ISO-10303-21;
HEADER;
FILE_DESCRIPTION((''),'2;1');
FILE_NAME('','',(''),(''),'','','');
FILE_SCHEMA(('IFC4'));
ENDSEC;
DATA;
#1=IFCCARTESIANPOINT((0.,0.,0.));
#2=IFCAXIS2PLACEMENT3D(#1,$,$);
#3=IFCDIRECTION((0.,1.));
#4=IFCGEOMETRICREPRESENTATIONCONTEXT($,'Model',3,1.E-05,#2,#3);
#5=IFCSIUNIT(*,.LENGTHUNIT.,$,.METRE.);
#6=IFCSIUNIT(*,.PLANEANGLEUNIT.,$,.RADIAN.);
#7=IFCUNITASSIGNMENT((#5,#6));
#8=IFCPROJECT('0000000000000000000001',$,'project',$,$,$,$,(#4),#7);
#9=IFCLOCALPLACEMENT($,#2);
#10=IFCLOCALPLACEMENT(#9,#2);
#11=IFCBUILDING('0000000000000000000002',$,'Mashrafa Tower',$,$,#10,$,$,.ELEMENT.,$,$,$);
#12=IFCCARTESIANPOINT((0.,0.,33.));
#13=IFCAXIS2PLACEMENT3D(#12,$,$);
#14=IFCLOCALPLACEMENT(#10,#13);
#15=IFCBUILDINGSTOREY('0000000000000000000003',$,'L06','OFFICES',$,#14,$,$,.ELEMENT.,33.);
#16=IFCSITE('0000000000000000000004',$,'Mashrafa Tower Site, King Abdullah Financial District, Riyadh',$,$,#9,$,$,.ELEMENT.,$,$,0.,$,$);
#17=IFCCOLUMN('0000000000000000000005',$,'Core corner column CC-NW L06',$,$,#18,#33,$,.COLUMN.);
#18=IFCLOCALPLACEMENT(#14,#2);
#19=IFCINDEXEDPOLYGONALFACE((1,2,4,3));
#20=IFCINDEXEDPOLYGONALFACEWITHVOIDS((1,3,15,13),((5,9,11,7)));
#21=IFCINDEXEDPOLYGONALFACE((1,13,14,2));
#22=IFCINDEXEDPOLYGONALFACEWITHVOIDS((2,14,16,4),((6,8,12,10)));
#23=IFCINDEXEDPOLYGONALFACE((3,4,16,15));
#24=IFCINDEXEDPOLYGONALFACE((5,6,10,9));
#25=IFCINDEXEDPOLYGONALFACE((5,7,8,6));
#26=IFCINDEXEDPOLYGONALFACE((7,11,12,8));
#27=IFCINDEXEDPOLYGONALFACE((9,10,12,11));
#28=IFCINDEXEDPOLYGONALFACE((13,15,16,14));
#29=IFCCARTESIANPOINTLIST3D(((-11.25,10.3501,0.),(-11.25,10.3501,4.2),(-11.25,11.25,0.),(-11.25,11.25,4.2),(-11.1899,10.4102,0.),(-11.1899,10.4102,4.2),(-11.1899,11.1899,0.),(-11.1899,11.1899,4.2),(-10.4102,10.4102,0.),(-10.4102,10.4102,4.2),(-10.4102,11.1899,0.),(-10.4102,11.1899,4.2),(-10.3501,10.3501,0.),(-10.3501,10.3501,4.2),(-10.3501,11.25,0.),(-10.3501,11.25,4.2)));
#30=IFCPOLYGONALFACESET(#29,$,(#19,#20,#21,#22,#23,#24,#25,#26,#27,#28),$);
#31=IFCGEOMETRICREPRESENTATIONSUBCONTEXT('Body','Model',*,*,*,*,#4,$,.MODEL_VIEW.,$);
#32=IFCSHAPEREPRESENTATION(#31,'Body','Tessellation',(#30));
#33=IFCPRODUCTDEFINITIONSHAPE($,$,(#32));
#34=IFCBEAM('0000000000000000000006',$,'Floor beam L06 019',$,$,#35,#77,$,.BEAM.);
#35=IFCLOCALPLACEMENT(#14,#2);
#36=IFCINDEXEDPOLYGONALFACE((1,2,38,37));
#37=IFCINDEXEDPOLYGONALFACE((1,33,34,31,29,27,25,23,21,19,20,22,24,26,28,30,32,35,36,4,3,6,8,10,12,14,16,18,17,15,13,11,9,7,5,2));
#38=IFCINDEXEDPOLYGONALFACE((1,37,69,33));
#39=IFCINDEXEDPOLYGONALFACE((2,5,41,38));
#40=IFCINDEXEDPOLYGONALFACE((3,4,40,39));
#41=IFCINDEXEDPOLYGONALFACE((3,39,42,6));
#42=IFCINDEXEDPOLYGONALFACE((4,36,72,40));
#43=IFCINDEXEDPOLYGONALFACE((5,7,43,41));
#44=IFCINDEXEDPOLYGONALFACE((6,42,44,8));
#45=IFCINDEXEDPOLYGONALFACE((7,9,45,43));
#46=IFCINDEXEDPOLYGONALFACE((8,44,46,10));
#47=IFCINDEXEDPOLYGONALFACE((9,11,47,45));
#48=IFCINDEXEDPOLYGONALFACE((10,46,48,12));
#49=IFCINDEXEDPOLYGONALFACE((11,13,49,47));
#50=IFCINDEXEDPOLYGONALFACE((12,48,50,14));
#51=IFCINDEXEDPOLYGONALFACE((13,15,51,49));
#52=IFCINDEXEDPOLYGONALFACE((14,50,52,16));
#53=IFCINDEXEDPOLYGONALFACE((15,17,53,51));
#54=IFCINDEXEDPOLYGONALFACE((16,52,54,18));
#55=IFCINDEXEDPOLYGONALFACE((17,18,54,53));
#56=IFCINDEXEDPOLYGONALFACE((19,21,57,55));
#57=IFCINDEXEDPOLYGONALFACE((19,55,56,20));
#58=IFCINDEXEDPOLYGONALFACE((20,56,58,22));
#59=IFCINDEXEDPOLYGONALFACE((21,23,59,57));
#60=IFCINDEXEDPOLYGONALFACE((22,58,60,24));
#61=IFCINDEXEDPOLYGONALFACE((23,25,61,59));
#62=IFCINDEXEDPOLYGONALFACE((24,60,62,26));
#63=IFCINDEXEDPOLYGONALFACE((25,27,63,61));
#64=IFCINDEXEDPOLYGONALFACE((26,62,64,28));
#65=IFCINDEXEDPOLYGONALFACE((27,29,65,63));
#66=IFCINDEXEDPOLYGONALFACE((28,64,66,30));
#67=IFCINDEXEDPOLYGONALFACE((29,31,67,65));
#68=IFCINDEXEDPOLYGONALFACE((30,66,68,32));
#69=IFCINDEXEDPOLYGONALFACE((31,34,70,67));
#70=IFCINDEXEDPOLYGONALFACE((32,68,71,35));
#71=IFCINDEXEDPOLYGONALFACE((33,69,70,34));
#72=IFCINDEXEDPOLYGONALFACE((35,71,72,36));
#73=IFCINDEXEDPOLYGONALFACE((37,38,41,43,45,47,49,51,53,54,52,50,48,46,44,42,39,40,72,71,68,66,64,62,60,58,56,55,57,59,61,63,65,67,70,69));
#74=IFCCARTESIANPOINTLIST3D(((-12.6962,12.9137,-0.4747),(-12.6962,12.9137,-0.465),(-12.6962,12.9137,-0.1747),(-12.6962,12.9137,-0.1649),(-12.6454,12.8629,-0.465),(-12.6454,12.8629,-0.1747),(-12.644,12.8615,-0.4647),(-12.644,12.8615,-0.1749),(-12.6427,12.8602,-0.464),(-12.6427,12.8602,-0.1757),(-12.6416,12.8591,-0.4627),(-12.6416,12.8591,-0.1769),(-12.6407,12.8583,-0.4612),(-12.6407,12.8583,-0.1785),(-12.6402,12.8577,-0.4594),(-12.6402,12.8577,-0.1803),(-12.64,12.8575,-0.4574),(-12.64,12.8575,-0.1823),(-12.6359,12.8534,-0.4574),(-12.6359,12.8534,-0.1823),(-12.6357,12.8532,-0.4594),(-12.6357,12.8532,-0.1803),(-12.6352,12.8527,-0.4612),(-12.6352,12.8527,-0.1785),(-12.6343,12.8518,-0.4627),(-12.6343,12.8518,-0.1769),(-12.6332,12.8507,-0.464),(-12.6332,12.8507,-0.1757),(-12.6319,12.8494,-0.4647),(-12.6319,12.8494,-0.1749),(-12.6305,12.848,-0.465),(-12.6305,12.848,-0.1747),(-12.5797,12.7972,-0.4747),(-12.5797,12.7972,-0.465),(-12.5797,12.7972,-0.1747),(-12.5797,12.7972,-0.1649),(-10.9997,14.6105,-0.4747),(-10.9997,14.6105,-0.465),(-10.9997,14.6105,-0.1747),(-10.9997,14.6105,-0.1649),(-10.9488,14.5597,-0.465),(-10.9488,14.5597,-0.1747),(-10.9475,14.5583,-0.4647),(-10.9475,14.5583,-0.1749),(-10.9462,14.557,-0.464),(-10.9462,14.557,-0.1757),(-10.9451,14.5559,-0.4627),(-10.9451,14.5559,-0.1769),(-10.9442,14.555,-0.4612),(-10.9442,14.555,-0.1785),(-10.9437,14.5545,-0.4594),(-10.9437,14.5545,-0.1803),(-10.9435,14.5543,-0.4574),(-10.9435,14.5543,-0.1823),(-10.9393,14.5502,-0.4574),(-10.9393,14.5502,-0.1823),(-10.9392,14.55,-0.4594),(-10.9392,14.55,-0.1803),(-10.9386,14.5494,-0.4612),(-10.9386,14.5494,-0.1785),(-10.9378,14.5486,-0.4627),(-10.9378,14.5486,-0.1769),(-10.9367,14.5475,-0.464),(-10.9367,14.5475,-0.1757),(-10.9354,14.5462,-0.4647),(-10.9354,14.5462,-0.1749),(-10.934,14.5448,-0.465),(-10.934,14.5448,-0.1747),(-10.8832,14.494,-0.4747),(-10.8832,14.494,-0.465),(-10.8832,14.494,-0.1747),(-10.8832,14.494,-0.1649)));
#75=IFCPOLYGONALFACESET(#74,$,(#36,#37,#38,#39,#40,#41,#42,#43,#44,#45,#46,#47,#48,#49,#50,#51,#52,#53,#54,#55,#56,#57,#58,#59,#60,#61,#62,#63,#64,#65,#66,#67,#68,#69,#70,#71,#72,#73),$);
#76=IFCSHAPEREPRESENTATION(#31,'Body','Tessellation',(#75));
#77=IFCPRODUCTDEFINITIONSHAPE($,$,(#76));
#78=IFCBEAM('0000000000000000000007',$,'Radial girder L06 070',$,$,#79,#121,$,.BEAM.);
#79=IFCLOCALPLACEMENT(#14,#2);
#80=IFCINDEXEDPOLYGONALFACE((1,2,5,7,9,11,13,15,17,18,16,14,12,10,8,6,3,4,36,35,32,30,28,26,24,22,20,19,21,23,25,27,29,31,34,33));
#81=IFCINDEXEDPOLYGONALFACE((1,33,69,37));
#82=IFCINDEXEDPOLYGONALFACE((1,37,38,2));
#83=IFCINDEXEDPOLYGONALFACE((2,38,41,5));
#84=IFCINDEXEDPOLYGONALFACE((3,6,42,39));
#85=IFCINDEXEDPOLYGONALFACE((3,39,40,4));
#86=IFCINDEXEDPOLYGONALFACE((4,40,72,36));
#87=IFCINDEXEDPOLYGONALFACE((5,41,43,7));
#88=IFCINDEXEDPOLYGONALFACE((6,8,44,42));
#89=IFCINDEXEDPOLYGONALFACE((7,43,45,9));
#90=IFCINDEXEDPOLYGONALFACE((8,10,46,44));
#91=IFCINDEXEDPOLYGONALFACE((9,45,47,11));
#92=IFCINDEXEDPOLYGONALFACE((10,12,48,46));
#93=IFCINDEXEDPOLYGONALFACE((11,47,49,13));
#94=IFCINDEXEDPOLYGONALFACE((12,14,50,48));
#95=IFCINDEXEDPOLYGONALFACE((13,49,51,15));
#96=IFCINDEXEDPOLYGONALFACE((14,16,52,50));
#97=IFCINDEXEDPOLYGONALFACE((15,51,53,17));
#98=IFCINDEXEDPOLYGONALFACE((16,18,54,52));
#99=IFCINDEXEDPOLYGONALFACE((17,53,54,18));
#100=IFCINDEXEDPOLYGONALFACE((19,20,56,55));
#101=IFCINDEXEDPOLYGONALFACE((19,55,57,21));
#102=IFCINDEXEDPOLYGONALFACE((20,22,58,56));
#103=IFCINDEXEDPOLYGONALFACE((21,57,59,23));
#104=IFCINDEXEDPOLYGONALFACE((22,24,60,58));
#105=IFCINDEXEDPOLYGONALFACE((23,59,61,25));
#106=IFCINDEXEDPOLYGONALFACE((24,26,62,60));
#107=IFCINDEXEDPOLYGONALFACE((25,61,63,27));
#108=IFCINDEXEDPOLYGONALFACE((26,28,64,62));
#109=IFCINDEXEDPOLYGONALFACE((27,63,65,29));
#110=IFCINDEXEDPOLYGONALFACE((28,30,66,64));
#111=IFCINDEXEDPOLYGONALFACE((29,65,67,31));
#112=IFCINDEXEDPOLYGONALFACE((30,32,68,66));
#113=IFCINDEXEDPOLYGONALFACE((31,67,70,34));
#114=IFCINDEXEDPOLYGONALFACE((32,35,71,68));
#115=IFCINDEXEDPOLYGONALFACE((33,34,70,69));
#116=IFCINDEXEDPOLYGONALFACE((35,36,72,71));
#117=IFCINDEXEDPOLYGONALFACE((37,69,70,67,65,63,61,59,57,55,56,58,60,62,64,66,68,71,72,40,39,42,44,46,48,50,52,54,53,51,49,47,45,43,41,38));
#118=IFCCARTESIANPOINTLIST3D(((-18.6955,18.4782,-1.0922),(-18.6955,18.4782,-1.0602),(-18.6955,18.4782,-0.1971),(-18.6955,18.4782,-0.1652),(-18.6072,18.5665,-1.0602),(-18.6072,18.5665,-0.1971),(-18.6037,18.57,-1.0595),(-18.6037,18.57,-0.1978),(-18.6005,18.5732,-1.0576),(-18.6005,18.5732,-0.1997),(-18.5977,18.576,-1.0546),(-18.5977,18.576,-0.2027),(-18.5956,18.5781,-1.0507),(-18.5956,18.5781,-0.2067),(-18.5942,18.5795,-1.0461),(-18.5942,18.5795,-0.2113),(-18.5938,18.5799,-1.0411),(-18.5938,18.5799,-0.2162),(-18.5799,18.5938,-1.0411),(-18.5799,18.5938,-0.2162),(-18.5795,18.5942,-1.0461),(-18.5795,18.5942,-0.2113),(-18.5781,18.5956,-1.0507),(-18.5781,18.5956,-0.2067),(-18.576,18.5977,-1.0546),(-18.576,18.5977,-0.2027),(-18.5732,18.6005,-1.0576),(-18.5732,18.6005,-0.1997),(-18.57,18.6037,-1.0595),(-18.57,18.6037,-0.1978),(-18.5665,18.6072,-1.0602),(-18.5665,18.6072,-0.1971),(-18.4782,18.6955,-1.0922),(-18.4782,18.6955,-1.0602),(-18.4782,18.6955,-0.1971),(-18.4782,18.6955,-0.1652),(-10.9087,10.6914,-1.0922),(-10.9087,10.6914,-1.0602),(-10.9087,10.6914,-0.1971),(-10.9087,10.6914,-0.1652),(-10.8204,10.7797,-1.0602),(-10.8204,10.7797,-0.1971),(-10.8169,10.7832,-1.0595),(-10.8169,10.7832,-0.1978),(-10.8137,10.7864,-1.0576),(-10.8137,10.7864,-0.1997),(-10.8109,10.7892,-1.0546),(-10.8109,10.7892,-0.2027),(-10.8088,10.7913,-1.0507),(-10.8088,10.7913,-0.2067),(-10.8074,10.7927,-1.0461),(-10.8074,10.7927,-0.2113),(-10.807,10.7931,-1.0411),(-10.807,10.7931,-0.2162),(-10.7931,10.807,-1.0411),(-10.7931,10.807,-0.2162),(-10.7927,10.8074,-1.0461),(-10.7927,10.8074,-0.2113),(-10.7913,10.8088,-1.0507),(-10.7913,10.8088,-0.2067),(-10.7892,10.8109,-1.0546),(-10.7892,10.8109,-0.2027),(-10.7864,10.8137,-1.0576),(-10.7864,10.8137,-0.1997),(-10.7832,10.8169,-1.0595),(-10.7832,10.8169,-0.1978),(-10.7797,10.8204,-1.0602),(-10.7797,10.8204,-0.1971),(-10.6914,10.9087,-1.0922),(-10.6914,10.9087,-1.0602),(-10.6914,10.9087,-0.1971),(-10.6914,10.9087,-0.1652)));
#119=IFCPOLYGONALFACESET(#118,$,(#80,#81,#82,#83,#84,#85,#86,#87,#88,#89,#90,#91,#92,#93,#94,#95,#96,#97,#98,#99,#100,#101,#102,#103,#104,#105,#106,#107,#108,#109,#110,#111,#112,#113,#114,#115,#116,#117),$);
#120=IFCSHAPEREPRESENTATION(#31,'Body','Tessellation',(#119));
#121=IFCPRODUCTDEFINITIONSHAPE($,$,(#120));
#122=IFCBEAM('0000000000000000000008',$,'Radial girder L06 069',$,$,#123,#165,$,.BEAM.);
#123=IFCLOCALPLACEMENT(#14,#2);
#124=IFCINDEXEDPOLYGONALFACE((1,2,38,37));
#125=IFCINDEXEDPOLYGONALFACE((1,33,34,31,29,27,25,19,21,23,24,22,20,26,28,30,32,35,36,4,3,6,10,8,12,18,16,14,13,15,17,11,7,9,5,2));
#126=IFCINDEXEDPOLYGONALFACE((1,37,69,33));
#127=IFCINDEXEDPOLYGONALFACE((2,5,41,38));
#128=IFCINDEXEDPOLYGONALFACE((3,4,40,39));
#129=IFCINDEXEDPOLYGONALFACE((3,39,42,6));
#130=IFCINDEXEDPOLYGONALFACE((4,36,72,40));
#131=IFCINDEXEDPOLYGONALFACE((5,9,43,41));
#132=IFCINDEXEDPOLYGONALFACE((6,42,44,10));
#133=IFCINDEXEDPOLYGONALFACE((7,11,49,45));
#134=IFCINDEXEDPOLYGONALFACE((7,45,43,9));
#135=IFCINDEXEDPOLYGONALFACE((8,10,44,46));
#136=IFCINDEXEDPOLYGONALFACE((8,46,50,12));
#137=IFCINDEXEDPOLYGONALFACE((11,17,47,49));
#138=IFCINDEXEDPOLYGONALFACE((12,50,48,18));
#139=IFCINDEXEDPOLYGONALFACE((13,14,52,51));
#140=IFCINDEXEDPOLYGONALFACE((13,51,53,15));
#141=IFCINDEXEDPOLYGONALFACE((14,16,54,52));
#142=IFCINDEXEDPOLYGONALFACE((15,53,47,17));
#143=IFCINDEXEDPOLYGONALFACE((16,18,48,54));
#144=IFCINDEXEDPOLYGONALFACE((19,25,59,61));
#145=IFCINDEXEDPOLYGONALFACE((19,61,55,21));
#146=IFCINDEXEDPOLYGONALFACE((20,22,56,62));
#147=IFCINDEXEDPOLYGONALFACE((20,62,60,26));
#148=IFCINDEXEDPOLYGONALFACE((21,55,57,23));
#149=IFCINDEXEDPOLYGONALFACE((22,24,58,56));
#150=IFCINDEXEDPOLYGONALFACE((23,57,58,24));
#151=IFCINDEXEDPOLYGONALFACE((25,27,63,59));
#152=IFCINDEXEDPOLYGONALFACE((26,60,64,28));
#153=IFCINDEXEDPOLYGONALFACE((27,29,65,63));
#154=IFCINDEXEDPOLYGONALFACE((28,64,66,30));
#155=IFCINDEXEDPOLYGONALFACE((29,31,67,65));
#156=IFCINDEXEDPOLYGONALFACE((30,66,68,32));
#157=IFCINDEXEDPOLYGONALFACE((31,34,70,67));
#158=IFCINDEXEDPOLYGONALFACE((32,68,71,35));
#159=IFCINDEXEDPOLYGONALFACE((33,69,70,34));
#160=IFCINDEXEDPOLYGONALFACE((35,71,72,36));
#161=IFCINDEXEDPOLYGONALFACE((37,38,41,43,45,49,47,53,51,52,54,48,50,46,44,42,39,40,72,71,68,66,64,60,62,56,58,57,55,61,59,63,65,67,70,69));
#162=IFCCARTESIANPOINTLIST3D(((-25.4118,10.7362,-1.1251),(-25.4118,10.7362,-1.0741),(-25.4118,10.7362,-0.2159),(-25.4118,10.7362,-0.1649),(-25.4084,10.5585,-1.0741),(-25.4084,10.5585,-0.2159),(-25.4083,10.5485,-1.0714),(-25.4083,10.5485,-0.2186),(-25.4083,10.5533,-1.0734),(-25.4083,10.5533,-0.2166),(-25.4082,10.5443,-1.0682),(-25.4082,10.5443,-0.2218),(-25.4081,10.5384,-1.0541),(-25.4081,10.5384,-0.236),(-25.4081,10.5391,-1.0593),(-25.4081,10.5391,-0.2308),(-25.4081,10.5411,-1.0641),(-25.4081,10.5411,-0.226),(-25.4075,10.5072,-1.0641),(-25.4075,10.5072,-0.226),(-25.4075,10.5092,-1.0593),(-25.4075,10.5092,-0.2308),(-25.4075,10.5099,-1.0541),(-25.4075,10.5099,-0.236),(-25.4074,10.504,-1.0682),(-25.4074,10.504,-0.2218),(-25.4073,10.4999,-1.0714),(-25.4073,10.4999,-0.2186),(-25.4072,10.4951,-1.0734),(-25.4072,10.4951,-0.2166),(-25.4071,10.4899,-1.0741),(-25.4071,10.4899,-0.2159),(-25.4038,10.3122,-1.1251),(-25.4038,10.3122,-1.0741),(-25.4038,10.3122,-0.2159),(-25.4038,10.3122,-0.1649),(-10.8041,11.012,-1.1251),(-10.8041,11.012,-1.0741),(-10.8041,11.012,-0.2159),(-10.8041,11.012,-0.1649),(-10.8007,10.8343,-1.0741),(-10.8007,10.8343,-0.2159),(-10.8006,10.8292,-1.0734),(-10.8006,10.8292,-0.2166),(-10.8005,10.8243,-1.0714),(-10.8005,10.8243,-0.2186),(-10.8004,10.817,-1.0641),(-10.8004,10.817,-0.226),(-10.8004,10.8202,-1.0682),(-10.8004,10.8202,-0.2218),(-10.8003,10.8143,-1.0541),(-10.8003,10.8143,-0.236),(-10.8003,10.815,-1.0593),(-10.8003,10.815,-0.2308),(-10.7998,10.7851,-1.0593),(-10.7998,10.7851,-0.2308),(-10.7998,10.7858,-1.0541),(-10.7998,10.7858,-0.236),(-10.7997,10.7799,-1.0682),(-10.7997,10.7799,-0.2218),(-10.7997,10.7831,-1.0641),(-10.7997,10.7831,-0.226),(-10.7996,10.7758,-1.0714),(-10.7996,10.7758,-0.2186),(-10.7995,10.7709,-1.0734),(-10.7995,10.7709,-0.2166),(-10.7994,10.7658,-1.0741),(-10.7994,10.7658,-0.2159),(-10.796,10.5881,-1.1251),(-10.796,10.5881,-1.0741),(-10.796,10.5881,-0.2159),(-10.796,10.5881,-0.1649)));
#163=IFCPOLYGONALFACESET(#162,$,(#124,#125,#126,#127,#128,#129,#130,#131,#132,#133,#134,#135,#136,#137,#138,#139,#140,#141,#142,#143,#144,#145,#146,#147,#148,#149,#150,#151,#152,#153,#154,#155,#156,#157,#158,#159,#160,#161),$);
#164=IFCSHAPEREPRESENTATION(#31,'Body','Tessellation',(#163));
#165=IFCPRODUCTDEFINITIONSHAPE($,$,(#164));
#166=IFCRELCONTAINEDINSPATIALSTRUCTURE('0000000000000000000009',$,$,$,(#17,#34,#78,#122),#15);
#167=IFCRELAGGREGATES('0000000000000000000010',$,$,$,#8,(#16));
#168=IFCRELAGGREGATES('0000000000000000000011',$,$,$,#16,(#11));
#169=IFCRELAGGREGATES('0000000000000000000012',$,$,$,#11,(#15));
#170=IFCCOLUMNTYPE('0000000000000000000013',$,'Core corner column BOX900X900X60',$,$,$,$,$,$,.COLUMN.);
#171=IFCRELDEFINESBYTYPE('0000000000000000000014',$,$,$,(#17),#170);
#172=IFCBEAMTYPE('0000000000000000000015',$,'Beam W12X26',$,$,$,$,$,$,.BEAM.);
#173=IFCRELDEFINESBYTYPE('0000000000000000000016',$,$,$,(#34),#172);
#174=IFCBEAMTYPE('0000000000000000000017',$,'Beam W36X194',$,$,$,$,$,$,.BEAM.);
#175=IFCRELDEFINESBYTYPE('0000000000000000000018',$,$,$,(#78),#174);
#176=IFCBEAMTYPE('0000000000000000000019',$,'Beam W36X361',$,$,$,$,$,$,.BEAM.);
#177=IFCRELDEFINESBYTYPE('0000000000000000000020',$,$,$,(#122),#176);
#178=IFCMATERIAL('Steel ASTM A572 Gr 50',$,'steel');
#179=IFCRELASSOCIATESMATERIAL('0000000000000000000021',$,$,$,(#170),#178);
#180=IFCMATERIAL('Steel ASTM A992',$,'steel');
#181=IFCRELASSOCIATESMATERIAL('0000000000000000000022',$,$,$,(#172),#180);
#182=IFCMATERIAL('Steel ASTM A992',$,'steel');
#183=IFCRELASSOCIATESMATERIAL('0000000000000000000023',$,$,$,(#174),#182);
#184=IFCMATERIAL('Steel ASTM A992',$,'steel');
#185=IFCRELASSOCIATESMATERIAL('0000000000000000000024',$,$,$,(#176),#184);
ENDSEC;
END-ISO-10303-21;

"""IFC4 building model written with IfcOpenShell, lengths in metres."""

from ifc_helpers import new_model, si_unit, direction, frame, origin, origin_2d, place, context, subcontext, project, spatial, hollow_rectangle, i_section, extrude, material, material_profile, profile_set, type_object, element, save


model = new_model("IFC4")

# Units and contexts
model_context = context("Model", 3, precision=1e-05, world=origin(), true_north=direction((0.0, 1.0)))
body_context = subcontext(model_context, "Body", "Model", "MODEL_VIEW")
ifc_project = project(units=[si_unit("LENGTHUNIT", "METRE"), si_unit("PLANEANGLEUNIT", "RADIAN")], contexts=[model_context])

# Site, building, storey
site_placement = place(None, origin())
site = spatial("IfcSite", under=ifc_project, at=site_placement, Name="Mashrafa Tower Site, King Abdullah Financial District, Riyadh", CompositionType="ELEMENT", RefElevation=0.0)
building_placement = place(site_placement, origin())
building = spatial("IfcBuilding", under=site, at=building_placement, Name="Mashrafa Tower", CompositionType="ELEMENT")
storey_placement = place(building_placement, frame((0.0, 0.0, 33.0)))
storey = spatial("IfcBuildingStorey", under=building, at=storey_placement, Name="L06", Description="OFFICES", CompositionType="ELEMENT", Elevation=33.0)

# Column
ifc_material_1 = material(Name="Steel ASTM A572 Gr 50", Category="steel")
ifc_material_profile_1 = material_profile(ifc_material_1, hollow_rectangle(XDim=0.8999, YDim=0.8999, WallThickness=0.0601, at=origin_2d()), Name="BOX900X900X60")
ifc_profile_set_1 = profile_set([ifc_material_profile_1], Name="Steel ASTM A572 Gr 50")
column_type = type_object("IfcColumnType", Name="Core corner column BOX900X900X60", PredefinedType="COLUMN", material=ifc_profile_set_1)
column_placement = place(storey_placement, frame((-10.8, 10.8, 0.0), z_axis=(0.0, 0.0, 1.0), x_axis=(1.0, 0.0, 0.0)))
element("IfcColumn", 1, at=column_placement, inside=storey, type_object=column_type, Name="Core corner column CC-NW L06", PredefinedType="COLUMN", context=body_context, shape_type="SweptSolid", body=[
    extrude(hollow_rectangle(XDim=0.8999, YDim=0.8999, WallThickness=0.0601, at=origin_2d()), origin(), (0.0, 0.0, 1.0), 4.2),
])

# Beams
ifc_material_2 = material(Name="Steel ASTM A992", Category="steel")
ifc_material_profile_2 = material_profile(ifc_material_2, i_section(OverallWidth=0.1648, OverallDepth=0.3098, WebThickness=0.0059, FlangeThickness=0.0098, FilletRadius=0.0076, at=origin_2d()), Name="W12X26")
ifc_profile_set_2 = profile_set([ifc_material_profile_2], Name="Steel ASTM A992")
beam_type_1 = type_object("IfcBeamType", Name="Beam W12X26", PredefinedType="BEAM", material=ifc_profile_set_2)
beam_1_placement = place(storey_placement, frame((-12.6379, 12.8555, -0.3198), z_axis=(0.707056, 0.707158, 0.0), x_axis=(-0.707158, 0.707056, 0.0)))
element("IfcBeam", 2, at=beam_1_placement, inside=storey, type_object=beam_type_1, Name="Floor beam L06 019", PredefinedType="BEAM", context=body_context, shape_type="SweptSolid", body=[
    extrude(i_section(OverallWidth=0.1648, OverallDepth=0.3098, WebThickness=0.0059, FlangeThickness=0.0098, FilletRadius=0.0076, at=origin_2d()), origin(), (0.0, 0.0, 1.0), 2.3994),
])
ifc_material_3 = material(Name="Steel ASTM A992", Category="steel")
ifc_material_profile_3 = material_profile(ifc_material_3, i_section(OverallWidth=0.3074, OverallDepth=0.927, WebThickness=0.0195, FlangeThickness=0.032, FilletRadius=0.019, at=origin_2d()), Name="W36X194")
ifc_profile_set_3 = profile_set([ifc_material_profile_3], Name="Steel ASTM A992")
beam_type_2 = type_object("IfcBeamType", Name="Beam W36X194", PredefinedType="BEAM", material=ifc_profile_set_3)
beam_2_placement = place(storey_placement, frame((-10.8, 10.8, -0.6287), z_axis=(-0.707107, 0.707107, 0.0), x_axis=(-0.707107, -0.707107, 0.0)))
element("IfcBeam", 3, at=beam_2_placement, inside=storey, type_object=beam_type_2, Name="Radial girder L06 070", PredefinedType="BEAM", context=body_context, shape_type="SweptSolid", body=[
    extrude(i_section(OverallWidth=0.3074, OverallDepth=0.927, WebThickness=0.0195, FlangeThickness=0.032, FilletRadius=0.019, at=origin_2d()), origin(), (0.0, 0.0, 1.0), 11.0122),
])
ifc_material_4 = material(Name="Steel ASTM A992", Category="steel")
ifc_material_profile_4 = material_profile(ifc_material_4, i_section(OverallWidth=0.4241, OverallDepth=0.9602, WebThickness=0.0286, FlangeThickness=0.051, FilletRadius=0.02, at=origin_2d()), Name="W36X361")
ifc_profile_set_4 = profile_set([ifc_material_profile_4], Name="Steel ASTM A992")
beam_type_3 = type_object("IfcBeamType", Name="Beam W36X361", PredefinedType="BEAM", material=ifc_profile_set_4)
for number, where, z_axis, x_axis, name in (
    (4, (-10.8, 10.8, -0.645), (-0.999822, -0.018883, 0.0), (0.018883, -0.999822, 0.0), "Radial girder L06 069"),
):
    element("IfcBeam", number, at=place(storey_placement, frame(where, z_axis=z_axis, x_axis=x_axis)), inside=storey, type_object=beam_type_3, Name=name, PredefinedType="BEAM", context=body_context, shape_type="SweptSolid", body=[
        extrude(i_section(OverallWidth=0.4241, OverallDepth=0.9602, WebThickness=0.0286, FlangeThickness=0.051, FilletRadius=0.02, at=origin_2d()), origin(), (0.0, 0.0, 1.0), 14.6104),
    ])

save(model, "model.ifc")
